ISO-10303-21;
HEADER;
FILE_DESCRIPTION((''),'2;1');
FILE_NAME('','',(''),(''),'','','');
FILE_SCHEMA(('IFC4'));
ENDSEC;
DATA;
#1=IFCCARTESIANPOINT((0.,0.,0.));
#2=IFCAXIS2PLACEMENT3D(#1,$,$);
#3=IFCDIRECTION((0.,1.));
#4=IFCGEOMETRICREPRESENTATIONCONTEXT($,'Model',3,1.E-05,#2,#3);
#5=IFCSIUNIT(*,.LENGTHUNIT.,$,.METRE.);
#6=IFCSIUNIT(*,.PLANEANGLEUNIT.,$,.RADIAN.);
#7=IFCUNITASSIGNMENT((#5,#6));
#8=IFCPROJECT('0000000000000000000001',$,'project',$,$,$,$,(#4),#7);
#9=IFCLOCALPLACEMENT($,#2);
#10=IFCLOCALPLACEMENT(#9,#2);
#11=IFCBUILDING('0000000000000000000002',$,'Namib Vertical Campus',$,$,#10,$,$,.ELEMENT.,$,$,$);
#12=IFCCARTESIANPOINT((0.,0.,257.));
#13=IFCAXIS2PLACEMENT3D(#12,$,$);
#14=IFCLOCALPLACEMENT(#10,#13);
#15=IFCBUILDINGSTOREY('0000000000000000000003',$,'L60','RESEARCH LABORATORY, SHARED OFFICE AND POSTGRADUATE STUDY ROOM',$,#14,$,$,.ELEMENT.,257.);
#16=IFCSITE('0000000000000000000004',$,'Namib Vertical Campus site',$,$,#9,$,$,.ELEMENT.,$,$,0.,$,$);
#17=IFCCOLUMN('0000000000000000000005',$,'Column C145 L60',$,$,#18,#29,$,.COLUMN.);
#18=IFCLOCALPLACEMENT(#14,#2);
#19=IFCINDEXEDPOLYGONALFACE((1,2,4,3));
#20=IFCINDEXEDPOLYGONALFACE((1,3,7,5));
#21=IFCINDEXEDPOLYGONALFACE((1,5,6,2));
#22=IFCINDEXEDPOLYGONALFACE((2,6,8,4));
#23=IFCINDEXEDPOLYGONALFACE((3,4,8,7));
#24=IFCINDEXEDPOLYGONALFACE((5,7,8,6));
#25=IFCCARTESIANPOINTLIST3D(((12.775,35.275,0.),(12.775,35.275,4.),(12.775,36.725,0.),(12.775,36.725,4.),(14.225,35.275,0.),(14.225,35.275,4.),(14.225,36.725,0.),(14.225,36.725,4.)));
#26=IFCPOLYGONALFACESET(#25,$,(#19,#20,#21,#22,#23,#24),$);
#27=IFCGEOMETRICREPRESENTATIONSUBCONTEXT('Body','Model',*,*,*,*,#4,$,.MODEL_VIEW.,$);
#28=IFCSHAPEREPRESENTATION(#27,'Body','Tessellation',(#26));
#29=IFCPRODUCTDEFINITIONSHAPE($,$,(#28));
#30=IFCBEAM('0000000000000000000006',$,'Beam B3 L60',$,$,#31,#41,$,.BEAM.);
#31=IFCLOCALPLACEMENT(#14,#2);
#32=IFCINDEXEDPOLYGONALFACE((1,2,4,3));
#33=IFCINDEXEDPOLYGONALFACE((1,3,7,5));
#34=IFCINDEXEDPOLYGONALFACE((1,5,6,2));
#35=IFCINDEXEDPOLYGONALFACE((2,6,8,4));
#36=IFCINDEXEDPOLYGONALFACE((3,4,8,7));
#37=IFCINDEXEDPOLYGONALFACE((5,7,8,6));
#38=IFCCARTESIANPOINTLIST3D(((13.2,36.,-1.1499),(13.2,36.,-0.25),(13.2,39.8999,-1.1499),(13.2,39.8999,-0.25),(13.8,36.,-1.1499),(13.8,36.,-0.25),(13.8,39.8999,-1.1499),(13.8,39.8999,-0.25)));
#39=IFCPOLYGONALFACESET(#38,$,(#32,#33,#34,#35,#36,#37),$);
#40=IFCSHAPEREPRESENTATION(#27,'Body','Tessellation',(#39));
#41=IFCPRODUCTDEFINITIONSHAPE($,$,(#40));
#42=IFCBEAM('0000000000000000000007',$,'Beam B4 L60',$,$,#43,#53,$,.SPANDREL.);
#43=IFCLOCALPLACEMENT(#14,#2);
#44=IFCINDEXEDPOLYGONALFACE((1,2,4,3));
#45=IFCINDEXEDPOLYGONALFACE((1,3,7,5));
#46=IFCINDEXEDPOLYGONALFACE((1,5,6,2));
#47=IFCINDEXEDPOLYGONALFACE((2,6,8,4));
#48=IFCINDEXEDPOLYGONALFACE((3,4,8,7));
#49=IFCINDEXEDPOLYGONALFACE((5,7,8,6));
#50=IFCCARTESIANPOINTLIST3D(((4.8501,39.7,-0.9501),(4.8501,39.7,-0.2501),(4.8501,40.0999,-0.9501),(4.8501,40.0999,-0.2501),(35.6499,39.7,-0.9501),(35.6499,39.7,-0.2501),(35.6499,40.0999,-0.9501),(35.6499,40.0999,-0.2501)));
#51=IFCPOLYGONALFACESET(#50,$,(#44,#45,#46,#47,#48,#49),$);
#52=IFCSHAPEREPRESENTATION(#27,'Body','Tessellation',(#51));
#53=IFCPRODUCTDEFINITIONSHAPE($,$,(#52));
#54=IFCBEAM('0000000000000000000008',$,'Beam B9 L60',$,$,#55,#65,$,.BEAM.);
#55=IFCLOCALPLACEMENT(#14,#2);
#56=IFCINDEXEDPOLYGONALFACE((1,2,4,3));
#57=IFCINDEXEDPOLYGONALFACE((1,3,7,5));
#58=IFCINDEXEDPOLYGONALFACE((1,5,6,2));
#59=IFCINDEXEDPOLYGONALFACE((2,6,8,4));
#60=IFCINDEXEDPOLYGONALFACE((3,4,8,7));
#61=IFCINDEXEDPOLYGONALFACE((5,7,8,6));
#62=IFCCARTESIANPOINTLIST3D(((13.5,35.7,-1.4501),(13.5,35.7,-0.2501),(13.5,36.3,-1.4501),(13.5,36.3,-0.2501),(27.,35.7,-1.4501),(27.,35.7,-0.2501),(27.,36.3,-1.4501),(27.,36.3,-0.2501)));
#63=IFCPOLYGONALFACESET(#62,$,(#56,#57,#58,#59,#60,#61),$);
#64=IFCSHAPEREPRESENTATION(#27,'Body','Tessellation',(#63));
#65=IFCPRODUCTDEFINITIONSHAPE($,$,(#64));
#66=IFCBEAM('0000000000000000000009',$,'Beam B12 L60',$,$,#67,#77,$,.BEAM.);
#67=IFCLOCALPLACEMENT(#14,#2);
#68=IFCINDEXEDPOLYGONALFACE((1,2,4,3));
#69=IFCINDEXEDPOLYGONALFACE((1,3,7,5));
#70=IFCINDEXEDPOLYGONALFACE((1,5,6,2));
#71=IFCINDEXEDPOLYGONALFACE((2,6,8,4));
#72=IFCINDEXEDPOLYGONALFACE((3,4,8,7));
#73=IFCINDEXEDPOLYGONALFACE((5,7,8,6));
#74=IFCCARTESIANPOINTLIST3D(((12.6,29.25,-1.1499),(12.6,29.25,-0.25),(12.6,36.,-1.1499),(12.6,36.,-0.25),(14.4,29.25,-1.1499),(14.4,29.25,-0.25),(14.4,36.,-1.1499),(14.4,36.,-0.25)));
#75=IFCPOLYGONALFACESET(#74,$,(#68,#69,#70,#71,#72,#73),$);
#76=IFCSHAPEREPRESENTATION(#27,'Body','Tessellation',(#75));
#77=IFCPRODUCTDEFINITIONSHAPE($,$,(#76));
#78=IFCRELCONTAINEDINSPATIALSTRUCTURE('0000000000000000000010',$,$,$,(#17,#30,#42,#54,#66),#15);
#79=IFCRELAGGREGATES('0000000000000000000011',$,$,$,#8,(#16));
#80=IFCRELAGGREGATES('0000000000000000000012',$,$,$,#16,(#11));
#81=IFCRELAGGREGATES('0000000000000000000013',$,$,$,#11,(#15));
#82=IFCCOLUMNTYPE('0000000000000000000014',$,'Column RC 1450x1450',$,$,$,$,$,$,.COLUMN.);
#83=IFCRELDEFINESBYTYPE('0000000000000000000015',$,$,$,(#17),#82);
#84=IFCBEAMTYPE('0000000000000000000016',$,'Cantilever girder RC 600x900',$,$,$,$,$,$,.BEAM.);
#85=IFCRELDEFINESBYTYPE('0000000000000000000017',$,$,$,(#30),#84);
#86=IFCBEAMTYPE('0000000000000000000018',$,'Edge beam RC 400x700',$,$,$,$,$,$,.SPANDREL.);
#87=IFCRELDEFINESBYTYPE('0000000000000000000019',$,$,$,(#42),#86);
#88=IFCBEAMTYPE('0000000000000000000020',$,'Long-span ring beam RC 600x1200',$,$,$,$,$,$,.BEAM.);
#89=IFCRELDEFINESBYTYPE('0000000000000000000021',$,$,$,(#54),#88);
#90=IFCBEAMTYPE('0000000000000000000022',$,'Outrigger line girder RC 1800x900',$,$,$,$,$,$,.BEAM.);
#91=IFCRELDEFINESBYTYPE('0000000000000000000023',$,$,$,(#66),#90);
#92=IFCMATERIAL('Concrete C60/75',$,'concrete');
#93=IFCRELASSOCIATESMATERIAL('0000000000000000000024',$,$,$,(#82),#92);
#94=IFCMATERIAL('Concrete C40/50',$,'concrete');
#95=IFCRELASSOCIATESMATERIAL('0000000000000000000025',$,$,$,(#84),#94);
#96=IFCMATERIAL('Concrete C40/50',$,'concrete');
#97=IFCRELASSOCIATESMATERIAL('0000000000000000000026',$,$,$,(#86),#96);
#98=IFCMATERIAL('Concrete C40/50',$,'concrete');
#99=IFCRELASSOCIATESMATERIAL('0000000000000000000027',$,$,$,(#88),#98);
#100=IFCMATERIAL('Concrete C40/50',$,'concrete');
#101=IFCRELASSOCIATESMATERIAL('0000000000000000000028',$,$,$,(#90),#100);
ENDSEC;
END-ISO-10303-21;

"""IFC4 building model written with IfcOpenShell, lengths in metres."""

from ifc_helpers import new_model, si_unit, direction, frame, origin, origin_2d, place, context, subcontext, project, spatial, rectangle, extrude, material, material_profile, profile_set, type_object, element, save


model = new_model("IFC4")

# Units and contexts
model_context = context("Model", 3, precision=1e-05, world=origin(), true_north=direction((0.0, 1.0)))
body_context = subcontext(model_context, "Body", "Model", "MODEL_VIEW")
ifc_project = project(units=[si_unit("LENGTHUNIT", "METRE"), si_unit("PLANEANGLEUNIT", "RADIAN")], contexts=[model_context])

# Site, building, storey
site_placement = place(None, origin())
site = spatial("IfcSite", under=ifc_project, at=site_placement, Name="Namib Vertical Campus site", CompositionType="ELEMENT", RefElevation=0.0)
building_placement = place(site_placement, origin())
building = spatial("IfcBuilding", under=site, at=building_placement, Name="Namib Vertical Campus", CompositionType="ELEMENT")
storey_placement = place(building_placement, frame((0.0, 0.0, 257.0)))
storey = spatial("IfcBuildingStorey", under=building, at=storey_placement, Name="L60", Description="RESEARCH LABORATORY, SHARED OFFICE AND POSTGRADUATE STUDY ROOM", CompositionType="ELEMENT", Elevation=257.0)

# Column
ifc_material_1 = material(Name="Concrete C60/75", Category="concrete")
ifc_material_profile_1 = material_profile(ifc_material_1, rectangle(XDim=1.45, YDim=1.45, at=origin_2d()))
ifc_profile_set_1 = profile_set([ifc_material_profile_1], Name="Concrete C60/75")
column_type = type_object("IfcColumnType", Name="Column RC 1450x1450", PredefinedType="COLUMN", material=ifc_profile_set_1)
column_placement = place(storey_placement, frame((13.5, 36.0, 0.0), z_axis=(0.0, 0.0, 1.0), x_axis=(1.0, 0.0, 0.0)))
element("IfcColumn", 1, at=column_placement, inside=storey, type_object=column_type, Name="Column C145 L60", PredefinedType="COLUMN", context=body_context, shape_type="SweptSolid", body=[
    extrude(rectangle(XDim=1.45, YDim=1.45, at=origin_2d()), origin(), (0.0, 0.0, 1.0), 4.0),
])

# Beams
ifc_material_2 = material(Name="Concrete C40/50", Category="concrete")
ifc_material_profile_2 = material_profile(ifc_material_2, rectangle(XDim=0.6001, YDim=0.8999, at=origin_2d()))
ifc_profile_set_2 = profile_set([ifc_material_profile_2], Name="Concrete C40/50")
beam_type_1 = type_object("IfcBeamType", Name="Cantilever girder RC 600x900", PredefinedType="BEAM", material=ifc_profile_set_2)
beam_1_placement = place(storey_placement, frame((13.5, 36.0, -0.7), z_axis=(0.0, 1.0, 0.0), x_axis=(-1.0, 0.0, 0.0)))
element("IfcBeam", 2, at=beam_1_placement, inside=storey, type_object=beam_type_1, Name="Beam B3 L60", PredefinedType="BEAM", context=body_context, shape_type="SweptSolid", body=[
    extrude(rectangle(XDim=0.6001, YDim=0.8999, at=origin_2d()), origin(), (0.0, 0.0, 1.0), 3.8999),
])
ifc_material_3 = material(Name="Concrete C40/50", Category="concrete")
ifc_material_profile_3 = material_profile(ifc_material_3, rectangle(XDim=0.3999, YDim=0.7, at=origin_2d()))
ifc_profile_set_3 = profile_set([ifc_material_profile_3], Name="Concrete C40/50")
beam_type_2 = type_object("IfcBeamType", Name="Edge beam RC 400x700", PredefinedType="SPANDREL", material=ifc_profile_set_3)
beam_2_placement = place(storey_placement, frame((4.8501, 39.8999, -0.6001), z_axis=(1.0, 0.0, 0.0), x_axis=(0.0, 1.0, 0.0)))
element("IfcBeam", 3, at=beam_2_placement, inside=storey, type_object=beam_type_2, Name="Beam B4 L60", PredefinedType="SPANDREL", context=body_context, shape_type="SweptSolid", body=[
    extrude(rectangle(XDim=0.3999, YDim=0.7, at=origin_2d()), origin(), (0.0, 0.0, 1.0), 30.7998),
])
ifc_material_4 = material(Name="Concrete C40/50", Category="concrete")
ifc_material_profile_4 = material_profile(ifc_material_4, rectangle(XDim=0.6001, YDim=1.2, at=origin_2d()))
ifc_profile_set_4 = profile_set([ifc_material_profile_4], Name="Concrete C40/50")
beam_type_3 = type_object("IfcBeamType", Name="Long-span ring beam RC 600x1200", PredefinedType="BEAM", material=ifc_profile_set_4)
beam_3_placement = place(storey_placement, frame((13.5, 36.0, -0.8501), z_axis=(1.0, 0.0, 0.0), x_axis=(0.0, 1.0, 0.0)))
element("IfcBeam", 4, at=beam_3_placement, inside=storey, type_object=beam_type_3, Name="Beam B9 L60", PredefinedType="BEAM", context=body_context, shape_type="SweptSolid", body=[
    extrude(rectangle(XDim=0.6001, YDim=1.2, at=origin_2d()), origin(), (0.0, 0.0, 1.0), 13.5),
])
ifc_material_5 = material(Name="Concrete C40/50", Category="concrete")
ifc_material_profile_5 = material_profile(ifc_material_5, rectangle(XDim=1.8, YDim=0.8999, at=origin_2d()))
ifc_profile_set_5 = profile_set([ifc_material_profile_5], Name="Concrete C40/50")
beam_type_4 = type_object("IfcBeamType", Name="Outrigger line girder RC 1800x900", PredefinedType="BEAM", material=ifc_profile_set_5)
beam_4_placement = place(storey_placement, frame((13.5, 36.0, -0.7), z_axis=(0.0, -1.0, 0.0), x_axis=(1.0, 0.0, 0.0)))
element("IfcBeam", 5, at=beam_4_placement, inside=storey, type_object=beam_type_4, Name="Beam B12 L60", PredefinedType="BEAM", context=body_context, shape_type="SweptSolid", body=[
    extrude(rectangle(XDim=1.8, YDim=0.8999, at=origin_2d()), origin(), (0.0, 0.0, 1.0), 6.75),
])

save(model, "model.ifc")
